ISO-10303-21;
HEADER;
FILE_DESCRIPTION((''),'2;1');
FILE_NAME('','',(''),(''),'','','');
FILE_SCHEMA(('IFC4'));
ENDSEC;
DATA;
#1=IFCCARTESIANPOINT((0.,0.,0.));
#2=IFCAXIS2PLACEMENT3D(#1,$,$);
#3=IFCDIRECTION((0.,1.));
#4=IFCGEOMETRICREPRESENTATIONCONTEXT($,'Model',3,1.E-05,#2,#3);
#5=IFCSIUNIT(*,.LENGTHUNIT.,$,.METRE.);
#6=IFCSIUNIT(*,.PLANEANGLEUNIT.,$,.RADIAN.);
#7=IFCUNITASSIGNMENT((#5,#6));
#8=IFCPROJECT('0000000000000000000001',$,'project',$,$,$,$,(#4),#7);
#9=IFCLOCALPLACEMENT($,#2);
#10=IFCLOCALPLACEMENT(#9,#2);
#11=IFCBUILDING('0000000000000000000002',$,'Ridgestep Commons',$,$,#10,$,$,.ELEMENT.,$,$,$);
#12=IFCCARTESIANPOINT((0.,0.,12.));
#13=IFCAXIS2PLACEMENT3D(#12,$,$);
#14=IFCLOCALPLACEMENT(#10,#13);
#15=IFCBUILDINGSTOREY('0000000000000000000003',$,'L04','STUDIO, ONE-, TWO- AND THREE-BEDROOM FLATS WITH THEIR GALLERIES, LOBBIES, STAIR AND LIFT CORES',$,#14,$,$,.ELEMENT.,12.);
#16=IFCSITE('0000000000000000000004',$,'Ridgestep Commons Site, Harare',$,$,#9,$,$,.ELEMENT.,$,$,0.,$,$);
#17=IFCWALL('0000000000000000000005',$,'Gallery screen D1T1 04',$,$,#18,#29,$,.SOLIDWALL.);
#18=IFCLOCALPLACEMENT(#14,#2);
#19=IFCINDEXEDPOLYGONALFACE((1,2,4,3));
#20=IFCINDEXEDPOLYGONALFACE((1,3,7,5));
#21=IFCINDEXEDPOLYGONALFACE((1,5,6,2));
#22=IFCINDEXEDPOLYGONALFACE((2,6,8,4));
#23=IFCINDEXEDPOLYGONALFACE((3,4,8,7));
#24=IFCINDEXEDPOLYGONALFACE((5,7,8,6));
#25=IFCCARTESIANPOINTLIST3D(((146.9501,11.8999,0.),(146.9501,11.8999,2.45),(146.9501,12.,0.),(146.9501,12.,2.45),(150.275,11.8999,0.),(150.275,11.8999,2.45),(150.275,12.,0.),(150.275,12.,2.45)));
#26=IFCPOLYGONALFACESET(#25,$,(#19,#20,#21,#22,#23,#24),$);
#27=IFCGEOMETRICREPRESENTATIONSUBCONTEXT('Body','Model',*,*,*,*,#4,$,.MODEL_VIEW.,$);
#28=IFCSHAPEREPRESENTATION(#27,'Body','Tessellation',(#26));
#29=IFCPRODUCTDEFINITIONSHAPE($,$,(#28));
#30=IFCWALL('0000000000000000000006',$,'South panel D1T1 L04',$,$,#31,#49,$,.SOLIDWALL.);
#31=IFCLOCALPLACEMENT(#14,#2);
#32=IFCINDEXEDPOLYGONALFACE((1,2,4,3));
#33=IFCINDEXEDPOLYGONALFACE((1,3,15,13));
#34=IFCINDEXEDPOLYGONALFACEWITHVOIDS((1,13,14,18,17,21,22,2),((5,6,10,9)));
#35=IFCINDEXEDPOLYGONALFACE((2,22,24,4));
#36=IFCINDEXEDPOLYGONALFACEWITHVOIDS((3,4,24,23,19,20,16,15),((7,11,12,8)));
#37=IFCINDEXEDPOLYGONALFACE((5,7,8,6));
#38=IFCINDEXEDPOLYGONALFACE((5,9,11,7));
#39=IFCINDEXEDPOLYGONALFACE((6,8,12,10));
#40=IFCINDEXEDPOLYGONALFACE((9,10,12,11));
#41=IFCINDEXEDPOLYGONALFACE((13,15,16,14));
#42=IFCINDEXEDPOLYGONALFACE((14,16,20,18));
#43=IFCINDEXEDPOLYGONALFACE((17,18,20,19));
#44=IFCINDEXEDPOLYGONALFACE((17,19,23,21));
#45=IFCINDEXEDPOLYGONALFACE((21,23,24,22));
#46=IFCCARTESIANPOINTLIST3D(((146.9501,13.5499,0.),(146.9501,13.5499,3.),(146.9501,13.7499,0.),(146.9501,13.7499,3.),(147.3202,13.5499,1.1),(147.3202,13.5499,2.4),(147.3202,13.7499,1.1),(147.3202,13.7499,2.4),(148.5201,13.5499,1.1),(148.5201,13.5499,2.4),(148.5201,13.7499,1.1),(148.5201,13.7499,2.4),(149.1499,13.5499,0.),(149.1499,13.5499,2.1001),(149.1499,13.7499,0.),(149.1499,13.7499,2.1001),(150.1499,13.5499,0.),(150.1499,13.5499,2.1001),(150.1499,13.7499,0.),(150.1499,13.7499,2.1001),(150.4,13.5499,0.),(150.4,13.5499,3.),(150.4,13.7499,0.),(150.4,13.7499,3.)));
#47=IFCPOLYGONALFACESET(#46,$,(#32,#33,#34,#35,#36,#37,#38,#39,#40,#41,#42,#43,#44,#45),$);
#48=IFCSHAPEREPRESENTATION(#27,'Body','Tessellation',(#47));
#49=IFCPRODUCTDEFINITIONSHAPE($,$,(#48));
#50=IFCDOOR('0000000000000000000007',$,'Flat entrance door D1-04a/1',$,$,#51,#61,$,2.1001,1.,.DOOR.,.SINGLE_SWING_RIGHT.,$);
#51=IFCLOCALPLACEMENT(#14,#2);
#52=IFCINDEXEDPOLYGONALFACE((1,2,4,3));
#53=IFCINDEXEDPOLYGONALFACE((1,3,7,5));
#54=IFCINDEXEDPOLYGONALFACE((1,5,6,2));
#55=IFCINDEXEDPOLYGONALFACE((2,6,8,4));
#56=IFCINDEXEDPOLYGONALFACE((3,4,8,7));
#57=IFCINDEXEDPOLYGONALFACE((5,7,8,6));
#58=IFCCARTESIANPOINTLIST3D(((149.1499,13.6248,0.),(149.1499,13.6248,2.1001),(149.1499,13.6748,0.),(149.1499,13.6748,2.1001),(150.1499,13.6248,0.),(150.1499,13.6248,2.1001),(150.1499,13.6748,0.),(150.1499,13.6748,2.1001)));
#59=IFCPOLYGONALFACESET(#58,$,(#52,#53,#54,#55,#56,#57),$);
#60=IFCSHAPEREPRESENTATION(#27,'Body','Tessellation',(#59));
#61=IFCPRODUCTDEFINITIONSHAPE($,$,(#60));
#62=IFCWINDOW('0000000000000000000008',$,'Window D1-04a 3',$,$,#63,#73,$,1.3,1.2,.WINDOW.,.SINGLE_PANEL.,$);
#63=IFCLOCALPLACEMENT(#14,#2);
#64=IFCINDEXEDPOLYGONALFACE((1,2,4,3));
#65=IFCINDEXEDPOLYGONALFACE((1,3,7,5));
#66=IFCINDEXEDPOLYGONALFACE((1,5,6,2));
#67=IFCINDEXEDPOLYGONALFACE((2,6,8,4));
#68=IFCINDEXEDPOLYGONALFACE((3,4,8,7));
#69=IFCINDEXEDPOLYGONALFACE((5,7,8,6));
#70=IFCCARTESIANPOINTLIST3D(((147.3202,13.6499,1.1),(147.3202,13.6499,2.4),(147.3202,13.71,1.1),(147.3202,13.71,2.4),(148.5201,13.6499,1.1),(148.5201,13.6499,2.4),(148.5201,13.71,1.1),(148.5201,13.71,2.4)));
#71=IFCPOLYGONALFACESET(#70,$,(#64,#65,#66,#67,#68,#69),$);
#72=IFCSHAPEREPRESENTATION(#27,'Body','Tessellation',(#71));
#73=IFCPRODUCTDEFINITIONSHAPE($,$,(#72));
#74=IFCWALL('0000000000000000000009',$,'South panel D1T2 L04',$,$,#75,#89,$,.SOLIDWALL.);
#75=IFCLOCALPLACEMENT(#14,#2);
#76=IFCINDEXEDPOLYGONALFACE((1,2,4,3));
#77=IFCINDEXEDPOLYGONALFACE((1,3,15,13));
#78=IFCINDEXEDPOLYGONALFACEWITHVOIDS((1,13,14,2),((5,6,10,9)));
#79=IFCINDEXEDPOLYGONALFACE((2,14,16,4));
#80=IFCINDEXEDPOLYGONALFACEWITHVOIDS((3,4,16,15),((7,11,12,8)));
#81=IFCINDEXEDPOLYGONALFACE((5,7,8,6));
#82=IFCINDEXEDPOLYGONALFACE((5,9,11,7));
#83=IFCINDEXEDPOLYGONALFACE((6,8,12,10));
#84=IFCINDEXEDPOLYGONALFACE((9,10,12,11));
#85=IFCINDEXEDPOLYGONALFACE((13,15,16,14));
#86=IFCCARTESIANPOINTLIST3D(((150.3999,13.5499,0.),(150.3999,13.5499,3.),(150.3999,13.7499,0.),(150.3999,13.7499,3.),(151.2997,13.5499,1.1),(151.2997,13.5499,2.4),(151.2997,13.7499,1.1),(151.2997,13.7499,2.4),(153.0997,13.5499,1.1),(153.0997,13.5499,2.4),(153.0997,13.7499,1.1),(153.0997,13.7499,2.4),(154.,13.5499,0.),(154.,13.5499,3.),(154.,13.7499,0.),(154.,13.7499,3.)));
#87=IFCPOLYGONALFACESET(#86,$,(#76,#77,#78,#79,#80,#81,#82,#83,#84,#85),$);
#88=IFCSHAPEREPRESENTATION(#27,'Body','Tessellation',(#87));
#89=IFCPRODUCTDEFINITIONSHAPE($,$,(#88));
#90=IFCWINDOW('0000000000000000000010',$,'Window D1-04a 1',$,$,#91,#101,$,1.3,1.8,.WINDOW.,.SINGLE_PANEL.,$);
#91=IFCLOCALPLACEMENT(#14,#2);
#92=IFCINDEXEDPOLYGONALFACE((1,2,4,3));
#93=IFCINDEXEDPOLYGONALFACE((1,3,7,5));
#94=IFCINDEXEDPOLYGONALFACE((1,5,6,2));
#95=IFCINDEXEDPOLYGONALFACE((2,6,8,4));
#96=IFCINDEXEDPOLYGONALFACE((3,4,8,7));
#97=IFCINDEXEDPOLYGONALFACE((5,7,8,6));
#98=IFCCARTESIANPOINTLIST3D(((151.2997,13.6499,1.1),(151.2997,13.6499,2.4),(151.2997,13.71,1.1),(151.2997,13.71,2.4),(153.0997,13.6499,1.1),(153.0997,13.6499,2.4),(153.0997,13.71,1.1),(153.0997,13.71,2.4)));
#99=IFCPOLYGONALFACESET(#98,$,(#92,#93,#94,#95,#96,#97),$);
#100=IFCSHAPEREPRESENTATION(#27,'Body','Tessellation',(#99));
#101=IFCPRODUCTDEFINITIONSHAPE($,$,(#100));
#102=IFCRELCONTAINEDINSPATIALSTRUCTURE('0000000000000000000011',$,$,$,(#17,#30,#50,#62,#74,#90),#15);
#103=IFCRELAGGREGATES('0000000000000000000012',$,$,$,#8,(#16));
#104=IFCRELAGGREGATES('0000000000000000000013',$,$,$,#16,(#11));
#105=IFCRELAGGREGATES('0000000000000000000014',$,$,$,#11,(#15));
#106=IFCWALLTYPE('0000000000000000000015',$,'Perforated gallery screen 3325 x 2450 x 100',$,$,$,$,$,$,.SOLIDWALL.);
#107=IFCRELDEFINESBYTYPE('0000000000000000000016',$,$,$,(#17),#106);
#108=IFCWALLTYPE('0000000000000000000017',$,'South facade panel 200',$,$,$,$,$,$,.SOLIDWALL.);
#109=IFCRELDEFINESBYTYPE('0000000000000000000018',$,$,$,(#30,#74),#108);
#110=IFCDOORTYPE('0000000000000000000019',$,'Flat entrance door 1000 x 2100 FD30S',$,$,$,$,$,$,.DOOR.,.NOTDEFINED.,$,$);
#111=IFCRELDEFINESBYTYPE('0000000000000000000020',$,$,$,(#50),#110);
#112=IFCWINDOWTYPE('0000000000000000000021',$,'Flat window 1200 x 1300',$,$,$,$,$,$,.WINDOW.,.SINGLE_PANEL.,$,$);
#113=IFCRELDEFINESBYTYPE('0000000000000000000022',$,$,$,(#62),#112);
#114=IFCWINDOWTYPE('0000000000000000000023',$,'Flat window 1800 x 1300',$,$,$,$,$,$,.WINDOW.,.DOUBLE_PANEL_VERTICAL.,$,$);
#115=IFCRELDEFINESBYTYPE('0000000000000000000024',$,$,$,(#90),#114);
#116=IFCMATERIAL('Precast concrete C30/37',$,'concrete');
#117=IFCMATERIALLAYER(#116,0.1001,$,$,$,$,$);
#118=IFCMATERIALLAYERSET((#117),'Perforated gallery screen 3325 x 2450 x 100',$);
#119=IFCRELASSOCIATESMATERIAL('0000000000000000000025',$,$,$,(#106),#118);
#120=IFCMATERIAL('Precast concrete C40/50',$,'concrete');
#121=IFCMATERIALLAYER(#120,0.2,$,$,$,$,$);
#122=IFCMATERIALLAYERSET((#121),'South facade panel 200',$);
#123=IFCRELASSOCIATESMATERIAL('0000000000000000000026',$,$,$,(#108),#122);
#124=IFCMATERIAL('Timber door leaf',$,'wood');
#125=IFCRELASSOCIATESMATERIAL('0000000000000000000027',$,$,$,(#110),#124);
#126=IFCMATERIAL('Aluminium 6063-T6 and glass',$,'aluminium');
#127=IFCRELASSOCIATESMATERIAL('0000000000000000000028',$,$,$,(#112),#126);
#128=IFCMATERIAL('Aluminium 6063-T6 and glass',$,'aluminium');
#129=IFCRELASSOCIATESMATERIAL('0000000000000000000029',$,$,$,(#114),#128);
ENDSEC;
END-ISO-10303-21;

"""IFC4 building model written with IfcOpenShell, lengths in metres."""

from ifc_helpers import new_model, si_unit, direction, frame, frame_2d, origin, place, context, subcontext, project, spatial, rectangle, extrude, material, layer, layer_set, type_object, element, fill, save


model = new_model("IFC4")

# Units and contexts
model_context = context("Model", 3, precision=1e-05, world=origin(), true_north=direction((0.0, 1.0)))
body_context = subcontext(model_context, "Body", "Model", "MODEL_VIEW")
ifc_project = project(units=[si_unit("LENGTHUNIT", "METRE"), si_unit("PLANEANGLEUNIT", "RADIAN")], contexts=[model_context])

# Site, building, storey
site_placement = place(None, origin())
site = spatial("IfcSite", under=ifc_project, at=site_placement, Name="Ridgestep Commons Site, Harare", CompositionType="ELEMENT", RefElevation=0.0)
building_placement = place(site_placement, origin())
building = spatial("IfcBuilding", under=site, at=building_placement, Name="Ridgestep Commons", CompositionType="ELEMENT")
storey_placement = place(building_placement, frame((0.0, 0.0, 12.0)))
storey = spatial("IfcBuildingStorey", under=building, at=storey_placement, Name="L04", Description="STUDIO, ONE-, TWO- AND THREE-BEDROOM FLATS WITH THEIR GALLERIES, LOBBIES, STAIR AND LIFT CORES", CompositionType="ELEMENT", Elevation=12.0)

# Wall
ifc_material_1 = material(Name="Precast concrete C30/37", Category="concrete")
ifc_layer_1 = layer(ifc_material_1, 0.1001)
ifc_layer_set_1 = layer_set([ifc_layer_1], Name="Perforated gallery screen 3325 x 2450 x 100")
wall_type_1 = type_object("IfcWallType", Name="Perforated gallery screen 3325 x 2450 x 100", PredefinedType="SOLIDWALL", material=ifc_layer_set_1)
wall_1_placement = place(storey_placement, frame((146.95, 11.95, 0.0), z_axis=(0.0, 0.0, 1.0), x_axis=(1.0, 0.0, 0.0)))
element("IfcWall", 1, at=wall_1_placement, inside=storey, type_object=wall_type_1, Name="Gallery screen D1T1 04", PredefinedType="SOLIDWALL", context=body_context, shape_type="SweptSolid", body=[
    extrude(rectangle(XDim=3.325, YDim=0.1001, at=frame_2d((1.6626, 0.0))), origin(), (0.0, 0.0, 1.0), 2.45),
])

# Wall, openings, door, window
ifc_material_2 = material(Name="Precast concrete C40/50", Category="concrete")
ifc_layer_2 = layer(ifc_material_2, 0.2)
ifc_layer_set_2 = layer_set([ifc_layer_2], Name="South facade panel 200")
wall_type_2 = type_object("IfcWallType", Name="South facade panel 200", PredefinedType="SOLIDWALL", material=ifc_layer_set_2)
wall_2_placement = place(storey_placement, frame((146.95, 13.6499, 0.0), z_axis=(0.0, 0.0, 1.0), x_axis=(1.0, 0.0, 0.0)))
wall_2 = element("IfcWall", 2, at=wall_2_placement, inside=storey, type_object=wall_type_2, Name="South panel D1T1 L04", PredefinedType="SOLIDWALL", context=body_context, shape_type="SweptSolid", body=[
    extrude(rectangle(XDim=3.45, YDim=0.2, at=frame_2d((1.7251, 0.0))), origin(), (0.0, 0.0, 1.0), 3.0),
])
opening_1_placement = place(wall_2_placement, frame((0.3701, 0.0, 1.1001)))
opening_1 = element("IfcOpeningElement", 3, at=opening_1_placement, cuts=wall_2, PredefinedType="OPENING", context=body_context, shape_type="SweptSolid", body=[
    extrude(rectangle(XDim=1.2, YDim=1.3, at=frame_2d((0.6001, 0.6499))), frame((0.0, 0.1099, 0.0), z_axis=(0.0, -1.0, 0.0), x_axis=(1.0, 0.0, 0.0)), (0.0, 0.0, 1.0), 0.22),
])
opening_2_placement = place(wall_2_placement, frame((2.2, 0.0, 0.0)))
opening_2 = element("IfcOpeningElement", 4, at=opening_2_placement, cuts=wall_2, PredefinedType="OPENING", context=body_context, shape_type="SweptSolid", body=[
    extrude(rectangle(XDim=1.0, YDim=2.1001, at=frame_2d((0.5, 1.05))), frame((0.0, 0.1099, 0.0), z_axis=(0.0, -1.0, 0.0), x_axis=(1.0, 0.0, 0.0)), (0.0, 0.0, 1.0), 0.22),
])
ifc_material_3 = material(Name="Timber door leaf", Category="wood")
door_type_1 = type_object("IfcDoorType", Name="Flat entrance door 1000 x 2100 FD30S", OperationType="NOTDEFINED", PredefinedType="DOOR", material=ifc_material_3)
door_1_placement = place(opening_2_placement, origin())
door_1 = element("IfcDoor", 5, at=door_1_placement, inside=storey, type_object=door_type_1, Name="Flat entrance door D1-04a/1", OperationType="SINGLE_SWING_RIGHT", OverallHeight=2.1001, OverallWidth=1.0, PredefinedType="DOOR", context=body_context, shape_type="SweptSolid", body=[
    extrude(rectangle(XDim=1.0, YDim=2.1001, at=frame_2d((0.5, 1.05))), frame((0.0, 0.0249, 0.0), z_axis=(0.0, -1.0, 0.0), x_axis=(1.0, 0.0, 0.0)), (0.0, 0.0, 1.0), 0.05),
])
fill(opening_2, door_1)
ifc_material_4 = material(Name="Aluminium 6063-T6 and glass", Category="aluminium")
window_type_1 = type_object("IfcWindowType", Name="Flat window 1200 x 1300", PartitioningType="SINGLE_PANEL", PredefinedType="WINDOW", material=ifc_material_4)
window_1_placement = place(opening_1_placement, origin())
window_1 = element("IfcWindow", 6, at=window_1_placement, inside=storey, type_object=window_type_1, Name="Window D1-04a 3", OverallHeight=1.3, OverallWidth=1.2, PartitioningType="SINGLE_PANEL", PredefinedType="WINDOW", context=body_context, shape_type="SweptSolid", body=[
    extrude(rectangle(XDim=1.2, YDim=1.3, at=frame_2d((0.6001, 0.6499))), frame((0.0, 0.0601, 0.0), z_axis=(0.0, -1.0, 0.0), x_axis=(1.0, 0.0, 0.0)), (0.0, 0.0, 1.0), 0.0601),
])
fill(opening_1, window_1)

# Wall, opening, window
wall_3_placement = place(storey_placement, frame((150.3999, 13.6499, 0.0), z_axis=(0.0, 0.0, 1.0), x_axis=(1.0, 0.0, 0.0)))
wall_3 = element("IfcWall", 7, at=wall_3_placement, inside=storey, type_object=wall_type_2, Name="South panel D1T2 L04", PredefinedType="SOLIDWALL", context=body_context, shape_type="SweptSolid", body=[
    extrude(rectangle(XDim=3.6001, YDim=0.2, at=frame_2d((1.8, 0.0))), origin(), (0.0, 0.0, 1.0), 3.0),
])
opening_3_placement = place(wall_3_placement, frame((0.8999, 0.0, 1.1001)))
opening_3 = element("IfcOpeningElement", 8, at=opening_3_placement, cuts=wall_3, PredefinedType="OPENING", context=body_context, shape_type="SweptSolid", body=[
    extrude(rectangle(XDim=1.8, YDim=1.3, at=frame_2d((0.8999, 0.6499))), frame((0.0, 0.1099, 0.0), z_axis=(0.0, -1.0, 0.0), x_axis=(1.0, 0.0, 0.0)), (0.0, 0.0, 1.0), 0.22),
])
ifc_material_5 = material(Name="Aluminium 6063-T6 and glass", Category="aluminium")
window_type_2 = type_object("IfcWindowType", Name="Flat window 1800 x 1300", PartitioningType="DOUBLE_PANEL_VERTICAL", PredefinedType="WINDOW", material=ifc_material_5)
window_2_placement = place(opening_3_placement, origin())
window_2 = element("IfcWindow", 9, at=window_2_placement, inside=storey, type_object=window_type_2, Name="Window D1-04a 1", OverallHeight=1.3, OverallWidth=1.8, PartitioningType="SINGLE_PANEL", PredefinedType="WINDOW", context=body_context, shape_type="SweptSolid", body=[
    extrude(rectangle(XDim=1.8, YDim=1.3, at=frame_2d((0.8999, 0.6499))), frame((0.0, 0.0601, 0.0), z_axis=(0.0, -1.0, 0.0), x_axis=(1.0, 0.0, 0.0)), (0.0, 0.0, 1.0), 0.0601),
])
fill(opening_3, window_2)

save(model, "model.ifc")
